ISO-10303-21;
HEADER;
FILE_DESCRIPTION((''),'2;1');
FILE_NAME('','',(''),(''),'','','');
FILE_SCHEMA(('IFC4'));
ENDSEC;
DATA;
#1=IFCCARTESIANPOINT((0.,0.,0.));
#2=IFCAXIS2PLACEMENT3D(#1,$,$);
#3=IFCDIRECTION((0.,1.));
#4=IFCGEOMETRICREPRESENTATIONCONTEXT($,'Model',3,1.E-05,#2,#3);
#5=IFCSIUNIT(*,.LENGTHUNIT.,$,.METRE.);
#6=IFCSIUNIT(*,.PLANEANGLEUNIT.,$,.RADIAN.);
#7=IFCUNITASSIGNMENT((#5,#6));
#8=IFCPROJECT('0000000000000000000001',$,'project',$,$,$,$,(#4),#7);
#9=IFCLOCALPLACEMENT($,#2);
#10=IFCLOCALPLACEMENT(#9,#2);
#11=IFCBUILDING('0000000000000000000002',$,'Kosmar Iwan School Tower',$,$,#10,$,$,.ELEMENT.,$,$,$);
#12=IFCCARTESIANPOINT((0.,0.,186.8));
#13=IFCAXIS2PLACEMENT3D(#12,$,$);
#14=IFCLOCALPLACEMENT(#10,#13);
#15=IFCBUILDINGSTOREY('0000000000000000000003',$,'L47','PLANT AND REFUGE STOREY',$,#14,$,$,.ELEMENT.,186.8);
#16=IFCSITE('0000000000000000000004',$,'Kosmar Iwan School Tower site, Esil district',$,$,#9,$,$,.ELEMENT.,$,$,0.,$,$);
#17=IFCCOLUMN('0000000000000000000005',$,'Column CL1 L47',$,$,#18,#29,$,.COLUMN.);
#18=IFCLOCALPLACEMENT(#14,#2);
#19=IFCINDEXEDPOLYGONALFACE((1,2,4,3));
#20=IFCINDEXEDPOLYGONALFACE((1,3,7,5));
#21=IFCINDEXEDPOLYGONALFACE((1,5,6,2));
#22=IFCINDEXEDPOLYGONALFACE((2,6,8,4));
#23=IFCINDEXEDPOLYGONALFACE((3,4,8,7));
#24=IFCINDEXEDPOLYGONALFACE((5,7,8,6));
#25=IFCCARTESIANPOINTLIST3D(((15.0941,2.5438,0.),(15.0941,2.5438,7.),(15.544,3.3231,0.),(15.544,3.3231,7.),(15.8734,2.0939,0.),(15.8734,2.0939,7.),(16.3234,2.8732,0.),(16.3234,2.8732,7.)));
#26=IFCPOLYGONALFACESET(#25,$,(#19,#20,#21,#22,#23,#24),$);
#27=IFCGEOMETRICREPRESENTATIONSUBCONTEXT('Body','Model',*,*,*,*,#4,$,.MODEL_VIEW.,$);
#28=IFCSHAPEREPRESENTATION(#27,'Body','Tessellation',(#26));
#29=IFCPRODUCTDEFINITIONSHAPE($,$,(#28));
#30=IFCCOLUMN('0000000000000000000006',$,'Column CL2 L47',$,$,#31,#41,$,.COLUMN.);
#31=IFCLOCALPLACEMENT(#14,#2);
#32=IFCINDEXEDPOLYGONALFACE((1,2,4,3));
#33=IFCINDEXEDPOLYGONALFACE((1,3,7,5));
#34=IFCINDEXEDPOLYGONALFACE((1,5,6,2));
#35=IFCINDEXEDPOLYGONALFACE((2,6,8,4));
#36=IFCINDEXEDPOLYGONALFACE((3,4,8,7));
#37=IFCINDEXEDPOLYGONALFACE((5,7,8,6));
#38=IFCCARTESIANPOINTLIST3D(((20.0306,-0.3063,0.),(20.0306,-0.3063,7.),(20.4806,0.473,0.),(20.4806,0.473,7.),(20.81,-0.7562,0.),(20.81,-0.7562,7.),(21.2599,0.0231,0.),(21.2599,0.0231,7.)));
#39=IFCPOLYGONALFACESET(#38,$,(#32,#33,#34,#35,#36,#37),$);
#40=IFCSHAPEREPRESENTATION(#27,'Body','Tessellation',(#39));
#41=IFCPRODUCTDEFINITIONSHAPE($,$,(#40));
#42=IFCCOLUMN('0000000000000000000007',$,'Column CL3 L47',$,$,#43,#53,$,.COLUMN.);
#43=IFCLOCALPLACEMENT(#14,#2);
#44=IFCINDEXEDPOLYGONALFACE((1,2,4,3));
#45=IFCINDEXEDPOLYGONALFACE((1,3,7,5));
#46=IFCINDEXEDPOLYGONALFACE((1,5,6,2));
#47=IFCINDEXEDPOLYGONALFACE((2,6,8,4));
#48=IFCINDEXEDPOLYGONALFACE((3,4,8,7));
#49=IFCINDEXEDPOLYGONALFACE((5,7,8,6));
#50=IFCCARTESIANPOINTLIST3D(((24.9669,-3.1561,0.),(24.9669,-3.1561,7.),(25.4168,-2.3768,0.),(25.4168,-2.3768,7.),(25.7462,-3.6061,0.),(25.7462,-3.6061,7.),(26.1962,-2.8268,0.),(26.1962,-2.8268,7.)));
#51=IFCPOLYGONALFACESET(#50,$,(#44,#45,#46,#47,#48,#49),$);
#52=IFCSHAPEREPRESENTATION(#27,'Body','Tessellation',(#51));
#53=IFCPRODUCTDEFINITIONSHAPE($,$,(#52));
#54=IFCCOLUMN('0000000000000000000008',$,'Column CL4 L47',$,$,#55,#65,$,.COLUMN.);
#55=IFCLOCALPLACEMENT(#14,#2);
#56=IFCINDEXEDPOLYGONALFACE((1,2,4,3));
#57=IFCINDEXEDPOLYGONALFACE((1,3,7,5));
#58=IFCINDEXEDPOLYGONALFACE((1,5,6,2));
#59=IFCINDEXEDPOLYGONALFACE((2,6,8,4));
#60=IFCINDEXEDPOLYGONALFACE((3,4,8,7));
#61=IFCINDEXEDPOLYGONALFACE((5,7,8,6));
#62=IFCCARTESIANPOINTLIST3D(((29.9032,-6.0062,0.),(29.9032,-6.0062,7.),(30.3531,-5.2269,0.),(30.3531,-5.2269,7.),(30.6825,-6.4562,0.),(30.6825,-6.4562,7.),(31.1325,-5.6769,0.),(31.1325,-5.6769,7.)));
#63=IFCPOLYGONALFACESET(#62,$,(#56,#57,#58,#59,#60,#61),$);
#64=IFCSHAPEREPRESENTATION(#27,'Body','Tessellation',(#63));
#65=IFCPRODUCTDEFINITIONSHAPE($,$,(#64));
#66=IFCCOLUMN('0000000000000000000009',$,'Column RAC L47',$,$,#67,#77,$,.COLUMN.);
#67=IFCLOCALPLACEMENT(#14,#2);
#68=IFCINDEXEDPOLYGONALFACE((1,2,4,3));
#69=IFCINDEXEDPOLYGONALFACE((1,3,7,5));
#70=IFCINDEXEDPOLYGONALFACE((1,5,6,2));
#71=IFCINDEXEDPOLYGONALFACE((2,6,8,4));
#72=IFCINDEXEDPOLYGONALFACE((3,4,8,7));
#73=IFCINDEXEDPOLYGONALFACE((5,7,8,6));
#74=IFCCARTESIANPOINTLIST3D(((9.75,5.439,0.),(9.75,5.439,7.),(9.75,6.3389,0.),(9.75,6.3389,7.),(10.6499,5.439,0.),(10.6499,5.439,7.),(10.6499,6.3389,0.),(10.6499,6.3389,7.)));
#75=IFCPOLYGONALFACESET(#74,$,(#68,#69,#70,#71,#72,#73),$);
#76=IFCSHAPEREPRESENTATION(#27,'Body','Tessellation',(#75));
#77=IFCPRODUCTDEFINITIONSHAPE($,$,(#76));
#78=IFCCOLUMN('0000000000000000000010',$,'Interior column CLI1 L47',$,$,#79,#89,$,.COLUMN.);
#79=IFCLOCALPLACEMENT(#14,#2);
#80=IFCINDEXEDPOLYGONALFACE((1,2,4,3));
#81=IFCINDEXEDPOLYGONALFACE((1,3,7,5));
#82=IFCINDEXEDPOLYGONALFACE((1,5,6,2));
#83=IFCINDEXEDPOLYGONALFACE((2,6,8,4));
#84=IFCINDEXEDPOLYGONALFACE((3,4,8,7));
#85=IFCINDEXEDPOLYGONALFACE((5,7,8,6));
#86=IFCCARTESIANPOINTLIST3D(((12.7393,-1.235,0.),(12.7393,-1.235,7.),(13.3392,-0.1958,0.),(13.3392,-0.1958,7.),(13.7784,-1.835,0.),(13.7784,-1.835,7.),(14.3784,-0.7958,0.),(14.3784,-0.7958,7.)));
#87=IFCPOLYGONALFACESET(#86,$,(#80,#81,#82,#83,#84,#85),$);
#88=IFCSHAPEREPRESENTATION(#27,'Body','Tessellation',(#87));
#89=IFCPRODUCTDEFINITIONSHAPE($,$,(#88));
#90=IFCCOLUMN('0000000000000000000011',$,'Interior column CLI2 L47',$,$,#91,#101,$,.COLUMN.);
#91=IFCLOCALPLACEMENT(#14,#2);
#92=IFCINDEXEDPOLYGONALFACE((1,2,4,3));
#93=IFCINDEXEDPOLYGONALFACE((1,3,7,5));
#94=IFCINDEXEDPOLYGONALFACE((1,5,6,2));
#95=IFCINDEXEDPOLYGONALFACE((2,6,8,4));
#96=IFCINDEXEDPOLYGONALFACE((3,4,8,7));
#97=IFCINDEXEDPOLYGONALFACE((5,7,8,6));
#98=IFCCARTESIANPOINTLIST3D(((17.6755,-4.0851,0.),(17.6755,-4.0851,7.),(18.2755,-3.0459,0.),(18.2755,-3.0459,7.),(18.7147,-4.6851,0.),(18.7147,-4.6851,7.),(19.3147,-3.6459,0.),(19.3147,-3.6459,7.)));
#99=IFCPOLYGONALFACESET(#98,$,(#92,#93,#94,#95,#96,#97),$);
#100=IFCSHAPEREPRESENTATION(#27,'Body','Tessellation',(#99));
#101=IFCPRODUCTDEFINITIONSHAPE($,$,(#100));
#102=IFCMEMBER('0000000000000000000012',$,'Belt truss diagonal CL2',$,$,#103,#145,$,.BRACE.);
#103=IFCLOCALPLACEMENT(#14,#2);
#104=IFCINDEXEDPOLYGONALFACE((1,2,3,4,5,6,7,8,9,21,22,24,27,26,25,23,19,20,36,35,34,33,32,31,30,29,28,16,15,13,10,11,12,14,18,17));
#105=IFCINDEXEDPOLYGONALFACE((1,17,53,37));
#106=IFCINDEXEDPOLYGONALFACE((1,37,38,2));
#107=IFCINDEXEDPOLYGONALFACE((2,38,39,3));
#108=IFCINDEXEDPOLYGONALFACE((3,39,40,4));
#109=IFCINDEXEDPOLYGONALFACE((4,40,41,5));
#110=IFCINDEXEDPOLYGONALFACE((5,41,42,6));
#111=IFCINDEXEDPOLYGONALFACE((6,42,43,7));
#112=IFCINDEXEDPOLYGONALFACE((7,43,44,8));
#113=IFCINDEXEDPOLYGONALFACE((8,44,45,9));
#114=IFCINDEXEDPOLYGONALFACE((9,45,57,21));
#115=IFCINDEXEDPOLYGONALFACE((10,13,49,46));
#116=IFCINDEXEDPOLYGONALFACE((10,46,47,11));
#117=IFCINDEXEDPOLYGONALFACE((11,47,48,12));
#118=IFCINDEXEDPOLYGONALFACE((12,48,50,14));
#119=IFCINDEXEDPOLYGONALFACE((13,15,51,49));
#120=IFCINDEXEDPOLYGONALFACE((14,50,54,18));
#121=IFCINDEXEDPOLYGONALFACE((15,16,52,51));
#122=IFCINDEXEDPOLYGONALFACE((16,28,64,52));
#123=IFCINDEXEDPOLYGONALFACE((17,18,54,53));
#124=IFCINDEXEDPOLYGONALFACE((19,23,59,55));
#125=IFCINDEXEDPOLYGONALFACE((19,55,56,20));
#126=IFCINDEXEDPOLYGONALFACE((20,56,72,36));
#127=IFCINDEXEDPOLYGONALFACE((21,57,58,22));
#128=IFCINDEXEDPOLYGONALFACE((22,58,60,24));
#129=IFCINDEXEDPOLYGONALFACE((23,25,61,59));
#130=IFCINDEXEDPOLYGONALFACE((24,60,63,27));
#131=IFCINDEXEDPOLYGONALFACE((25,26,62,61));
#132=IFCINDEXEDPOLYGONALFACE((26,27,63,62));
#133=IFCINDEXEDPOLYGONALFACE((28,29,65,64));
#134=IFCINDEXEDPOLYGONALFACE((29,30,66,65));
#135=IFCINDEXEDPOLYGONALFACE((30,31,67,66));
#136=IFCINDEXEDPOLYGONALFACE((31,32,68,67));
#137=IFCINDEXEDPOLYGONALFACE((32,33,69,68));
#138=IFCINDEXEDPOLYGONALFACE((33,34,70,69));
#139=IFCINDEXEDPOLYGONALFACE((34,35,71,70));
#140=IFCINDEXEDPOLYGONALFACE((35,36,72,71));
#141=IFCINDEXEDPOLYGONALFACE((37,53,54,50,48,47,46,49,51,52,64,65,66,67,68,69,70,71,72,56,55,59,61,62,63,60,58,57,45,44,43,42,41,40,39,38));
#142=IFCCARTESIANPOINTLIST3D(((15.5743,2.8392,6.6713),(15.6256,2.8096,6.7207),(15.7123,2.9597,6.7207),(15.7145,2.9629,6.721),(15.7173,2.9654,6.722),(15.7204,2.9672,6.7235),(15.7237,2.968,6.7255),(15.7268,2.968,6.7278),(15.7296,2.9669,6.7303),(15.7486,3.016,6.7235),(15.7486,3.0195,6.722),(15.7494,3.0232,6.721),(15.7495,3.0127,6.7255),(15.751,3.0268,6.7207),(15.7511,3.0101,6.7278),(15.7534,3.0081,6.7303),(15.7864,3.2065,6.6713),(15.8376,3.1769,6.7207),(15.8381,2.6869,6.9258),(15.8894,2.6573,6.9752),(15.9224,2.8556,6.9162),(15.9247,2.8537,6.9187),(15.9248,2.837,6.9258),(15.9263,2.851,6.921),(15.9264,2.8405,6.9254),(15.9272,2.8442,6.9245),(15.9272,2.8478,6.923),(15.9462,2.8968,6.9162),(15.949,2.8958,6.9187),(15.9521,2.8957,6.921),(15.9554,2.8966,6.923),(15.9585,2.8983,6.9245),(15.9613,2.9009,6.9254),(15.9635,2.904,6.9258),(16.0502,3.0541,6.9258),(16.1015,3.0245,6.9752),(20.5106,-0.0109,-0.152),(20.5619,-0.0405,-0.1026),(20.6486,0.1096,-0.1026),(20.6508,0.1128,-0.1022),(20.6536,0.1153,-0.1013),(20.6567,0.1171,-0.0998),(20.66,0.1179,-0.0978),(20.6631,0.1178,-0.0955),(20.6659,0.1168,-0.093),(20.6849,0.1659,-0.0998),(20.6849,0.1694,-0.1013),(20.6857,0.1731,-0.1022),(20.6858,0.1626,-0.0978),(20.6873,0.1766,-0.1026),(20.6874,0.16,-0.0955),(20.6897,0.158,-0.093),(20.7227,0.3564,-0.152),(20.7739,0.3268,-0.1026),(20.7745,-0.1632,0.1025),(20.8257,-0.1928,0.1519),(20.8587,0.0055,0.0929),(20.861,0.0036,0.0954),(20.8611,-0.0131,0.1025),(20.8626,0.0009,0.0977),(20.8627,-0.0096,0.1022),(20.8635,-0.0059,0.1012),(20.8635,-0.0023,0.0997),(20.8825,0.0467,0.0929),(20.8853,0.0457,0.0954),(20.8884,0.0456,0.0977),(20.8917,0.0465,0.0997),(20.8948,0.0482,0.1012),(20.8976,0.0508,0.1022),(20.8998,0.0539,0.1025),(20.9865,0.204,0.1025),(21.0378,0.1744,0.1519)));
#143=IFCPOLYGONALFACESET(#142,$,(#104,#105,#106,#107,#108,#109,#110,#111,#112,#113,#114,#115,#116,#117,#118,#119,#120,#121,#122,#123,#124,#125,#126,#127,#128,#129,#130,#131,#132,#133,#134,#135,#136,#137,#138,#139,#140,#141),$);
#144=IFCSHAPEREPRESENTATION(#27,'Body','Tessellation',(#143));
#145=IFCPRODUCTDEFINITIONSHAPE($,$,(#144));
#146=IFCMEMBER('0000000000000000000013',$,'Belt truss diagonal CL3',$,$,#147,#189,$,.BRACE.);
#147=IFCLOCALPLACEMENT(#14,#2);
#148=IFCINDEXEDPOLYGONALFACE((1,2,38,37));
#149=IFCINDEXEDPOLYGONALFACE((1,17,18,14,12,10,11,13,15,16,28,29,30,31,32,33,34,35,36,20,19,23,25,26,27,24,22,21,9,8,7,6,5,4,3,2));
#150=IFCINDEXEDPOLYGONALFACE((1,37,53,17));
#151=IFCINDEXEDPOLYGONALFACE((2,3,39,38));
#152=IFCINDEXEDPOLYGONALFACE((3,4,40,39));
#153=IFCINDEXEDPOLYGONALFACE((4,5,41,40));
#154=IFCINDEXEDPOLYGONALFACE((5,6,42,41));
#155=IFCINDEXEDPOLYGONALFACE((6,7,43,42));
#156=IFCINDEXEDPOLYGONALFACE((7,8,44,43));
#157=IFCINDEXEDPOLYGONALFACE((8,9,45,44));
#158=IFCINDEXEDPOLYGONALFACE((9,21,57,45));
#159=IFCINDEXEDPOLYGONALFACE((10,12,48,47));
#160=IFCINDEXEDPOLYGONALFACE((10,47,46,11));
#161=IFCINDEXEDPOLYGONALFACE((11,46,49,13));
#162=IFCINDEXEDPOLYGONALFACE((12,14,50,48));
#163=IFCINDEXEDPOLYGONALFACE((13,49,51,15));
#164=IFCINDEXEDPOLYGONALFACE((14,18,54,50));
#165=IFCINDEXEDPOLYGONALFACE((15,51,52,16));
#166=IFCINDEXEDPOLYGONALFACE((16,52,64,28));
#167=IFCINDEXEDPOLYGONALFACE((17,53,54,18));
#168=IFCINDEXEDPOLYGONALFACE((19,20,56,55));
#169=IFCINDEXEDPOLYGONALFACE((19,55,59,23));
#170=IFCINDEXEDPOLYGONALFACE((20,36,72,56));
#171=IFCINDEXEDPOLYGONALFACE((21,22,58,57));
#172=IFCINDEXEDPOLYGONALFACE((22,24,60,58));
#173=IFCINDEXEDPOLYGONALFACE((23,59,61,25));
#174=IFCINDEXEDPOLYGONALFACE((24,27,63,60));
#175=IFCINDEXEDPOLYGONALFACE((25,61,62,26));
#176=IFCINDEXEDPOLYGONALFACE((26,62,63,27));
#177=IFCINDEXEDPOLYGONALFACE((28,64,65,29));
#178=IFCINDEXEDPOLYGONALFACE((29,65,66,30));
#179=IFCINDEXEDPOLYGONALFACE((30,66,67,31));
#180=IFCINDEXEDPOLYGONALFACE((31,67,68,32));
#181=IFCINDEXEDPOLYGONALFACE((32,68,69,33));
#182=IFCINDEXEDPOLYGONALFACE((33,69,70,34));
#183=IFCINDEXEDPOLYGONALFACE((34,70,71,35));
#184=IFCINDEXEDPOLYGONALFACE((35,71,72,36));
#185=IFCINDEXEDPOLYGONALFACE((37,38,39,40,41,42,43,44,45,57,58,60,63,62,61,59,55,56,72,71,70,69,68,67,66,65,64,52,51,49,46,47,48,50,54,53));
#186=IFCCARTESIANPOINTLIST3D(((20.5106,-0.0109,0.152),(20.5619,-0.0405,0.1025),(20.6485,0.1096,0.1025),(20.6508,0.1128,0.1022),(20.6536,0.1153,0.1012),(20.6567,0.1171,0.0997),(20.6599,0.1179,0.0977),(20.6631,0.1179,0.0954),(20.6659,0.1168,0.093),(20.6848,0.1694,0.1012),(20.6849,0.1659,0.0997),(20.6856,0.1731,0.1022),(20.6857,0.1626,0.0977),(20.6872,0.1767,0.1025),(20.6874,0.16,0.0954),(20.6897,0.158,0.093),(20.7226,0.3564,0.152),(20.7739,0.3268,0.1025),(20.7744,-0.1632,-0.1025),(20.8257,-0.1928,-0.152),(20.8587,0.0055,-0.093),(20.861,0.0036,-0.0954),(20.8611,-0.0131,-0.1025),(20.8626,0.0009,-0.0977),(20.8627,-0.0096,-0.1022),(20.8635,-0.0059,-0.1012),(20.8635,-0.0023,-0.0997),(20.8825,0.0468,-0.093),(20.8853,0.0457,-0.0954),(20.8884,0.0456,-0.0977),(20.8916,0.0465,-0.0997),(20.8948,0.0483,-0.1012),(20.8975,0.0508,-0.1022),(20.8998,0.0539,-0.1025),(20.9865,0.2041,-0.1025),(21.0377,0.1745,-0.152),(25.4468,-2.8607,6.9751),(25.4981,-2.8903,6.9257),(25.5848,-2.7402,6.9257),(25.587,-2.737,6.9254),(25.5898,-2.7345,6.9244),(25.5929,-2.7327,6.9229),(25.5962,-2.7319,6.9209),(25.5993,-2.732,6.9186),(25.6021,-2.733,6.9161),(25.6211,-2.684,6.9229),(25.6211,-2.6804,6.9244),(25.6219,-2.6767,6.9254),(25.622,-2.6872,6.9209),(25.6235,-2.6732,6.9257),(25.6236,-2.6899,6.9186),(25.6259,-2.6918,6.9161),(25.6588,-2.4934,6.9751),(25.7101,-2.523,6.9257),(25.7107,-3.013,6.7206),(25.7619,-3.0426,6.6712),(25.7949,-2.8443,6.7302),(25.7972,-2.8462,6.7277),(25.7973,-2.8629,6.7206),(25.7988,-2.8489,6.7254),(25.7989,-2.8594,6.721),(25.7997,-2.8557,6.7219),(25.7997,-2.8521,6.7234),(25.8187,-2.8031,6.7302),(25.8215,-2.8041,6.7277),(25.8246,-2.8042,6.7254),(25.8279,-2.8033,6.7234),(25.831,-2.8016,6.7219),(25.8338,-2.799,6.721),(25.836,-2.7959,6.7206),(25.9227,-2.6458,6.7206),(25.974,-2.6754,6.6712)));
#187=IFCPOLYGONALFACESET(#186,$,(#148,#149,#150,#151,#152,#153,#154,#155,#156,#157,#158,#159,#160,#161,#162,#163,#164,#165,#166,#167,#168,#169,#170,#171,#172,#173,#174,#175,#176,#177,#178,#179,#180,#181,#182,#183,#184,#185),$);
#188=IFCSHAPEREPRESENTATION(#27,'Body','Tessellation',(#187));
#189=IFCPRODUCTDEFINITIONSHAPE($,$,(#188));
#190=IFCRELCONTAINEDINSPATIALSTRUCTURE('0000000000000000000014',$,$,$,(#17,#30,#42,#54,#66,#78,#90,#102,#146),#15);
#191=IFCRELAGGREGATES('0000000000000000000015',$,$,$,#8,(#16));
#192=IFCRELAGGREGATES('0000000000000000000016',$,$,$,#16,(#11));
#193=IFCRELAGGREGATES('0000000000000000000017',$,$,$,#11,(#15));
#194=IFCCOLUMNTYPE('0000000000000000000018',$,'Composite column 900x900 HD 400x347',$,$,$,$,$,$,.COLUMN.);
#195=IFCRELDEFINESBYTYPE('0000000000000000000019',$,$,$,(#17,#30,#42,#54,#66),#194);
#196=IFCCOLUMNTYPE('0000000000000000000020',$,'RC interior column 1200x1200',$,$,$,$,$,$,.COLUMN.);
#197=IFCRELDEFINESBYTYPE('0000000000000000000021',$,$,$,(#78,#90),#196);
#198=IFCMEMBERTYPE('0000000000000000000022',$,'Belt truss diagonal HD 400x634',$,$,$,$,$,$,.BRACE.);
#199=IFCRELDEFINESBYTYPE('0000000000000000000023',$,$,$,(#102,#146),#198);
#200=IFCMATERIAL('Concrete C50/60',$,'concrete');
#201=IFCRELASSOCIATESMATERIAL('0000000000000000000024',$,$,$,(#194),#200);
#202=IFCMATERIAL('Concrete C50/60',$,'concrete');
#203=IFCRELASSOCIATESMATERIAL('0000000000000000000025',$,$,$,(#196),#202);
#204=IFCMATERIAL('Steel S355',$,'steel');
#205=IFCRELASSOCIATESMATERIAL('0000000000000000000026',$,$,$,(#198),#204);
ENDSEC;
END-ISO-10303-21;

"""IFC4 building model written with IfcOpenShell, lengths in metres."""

from ifc_helpers import new_model, si_unit, direction, frame, origin, origin_2d, place, context, subcontext, project, spatial, rectangle, i_section, extrude, material, material_profile, profile_set, type_object, element, save


model = new_model("IFC4")

# Units and contexts
model_context = context("Model", 3, precision=1e-05, world=origin(), true_north=direction((0.0, 1.0)))
body_context = subcontext(model_context, "Body", "Model", "MODEL_VIEW")
ifc_project = project(units=[si_unit("LENGTHUNIT", "METRE"), si_unit("PLANEANGLEUNIT", "RADIAN")], contexts=[model_context])

# Site, building, storey
site_placement = place(None, origin())
site = spatial("IfcSite", under=ifc_project, at=site_placement, Name="Kosmar Iwan School Tower site, Esil district", CompositionType="ELEMENT", RefElevation=0.0)
building_placement = place(site_placement, origin())
building = spatial("IfcBuilding", under=site, at=building_placement, Name="Kosmar Iwan School Tower", CompositionType="ELEMENT")
storey_placement = place(building_placement, frame((0.0, 0.0, 186.8)))
storey = spatial("IfcBuildingStorey", under=building, at=storey_placement, Name="L47", Description="PLANT AND REFUGE STOREY", CompositionType="ELEMENT", Elevation=186.8)

# Columns
ifc_material_1 = material(Name="Concrete C50/60", Category="concrete")
ifc_material_profile_1 = material_profile(ifc_material_1, rectangle(XDim=0.8999, YDim=0.8999, at=origin_2d()), Name="RC 900x900 + HD 400x347")
ifc_profile_set_1 = profile_set([ifc_material_profile_1], Name="Concrete C50/60")
column_type_1 = type_object("IfcColumnType", Name="Composite column 900x900 HD 400x347", PredefinedType="COLUMN", material=ifc_profile_set_1)
for number, where, z_axis, x_axis, name in (
    (1, (15.7087, 2.7085, 0.0), (0.0, 0.0, 1.0), (0.866025, -0.5, 0.0), "Column CL1 L47"),
    (2, (20.6453, -0.1416, 0.0), (0.0, 0.0, 1.0), (0.866025, -0.5, 0.0), "Column CL2 L47"),
    (3, (25.5815, -2.9915, 0.0), (0.0, 0.0, 1.0), (0.866025, -0.5, 0.0), "Column CL3 L47"),
    (4, (30.5178, -5.8416, 0.0), (0.0, 0.0, 1.0), (0.866025, -0.5, 0.0), "Column CL4 L47"),
    (5, (10.2, 5.8889, 0.0), (0.0, 0.0, 1.0), (1.0, 0.0, 0.0), "Column RAC L47"),
):
    element("IfcColumn", number, at=place(storey_placement, frame(where, z_axis=z_axis, x_axis=x_axis)), inside=storey, type_object=column_type_1, Name=name, PredefinedType="COLUMN", context=body_context, shape_type="SweptSolid", body=[
        extrude(rectangle(XDim=0.8999, YDim=0.8999, at=origin_2d()), origin(), (0.0, 0.0, 1.0), 7.0),
    ])
ifc_material_2 = material(Name="Concrete C50/60", Category="concrete")
ifc_material_profile_2 = material_profile(ifc_material_2, rectangle(XDim=1.2, YDim=1.2, at=origin_2d()), Name="RC 1200x1200")
ifc_profile_set_2 = profile_set([ifc_material_profile_2], Name="Concrete C50/60")
column_type_2 = type_object("IfcColumnType", Name="RC interior column 1200x1200", PredefinedType="COLUMN", material=ifc_profile_set_2)
for number, where, z_axis, x_axis, name in (
    (6, (13.5588, -1.0154, 0.0), (0.0, 0.0, 1.0), (0.866025, -0.5, 0.0), "Interior column CLI1 L47"),
    (7, (18.4951, -3.8655, 0.0), (0.0, 0.0, 1.0), (0.866025, -0.5, 0.0), "Interior column CLI2 L47"),
):
    element("IfcColumn", number, at=place(storey_placement, frame(where, z_axis=z_axis, x_axis=x_axis)), inside=storey, type_object=column_type_2, Name=name, PredefinedType="COLUMN", context=body_context, shape_type="SweptSolid", body=[
        extrude(rectangle(XDim=1.2, YDim=1.2, at=origin_2d()), origin(), (0.0, 0.0, 1.0), 7.0),
    ])

# Members
ifc_material_3 = material(Name="Steel S355", Category="steel")
ifc_material_profile_3 = material_profile(ifc_material_3, i_section(OverallWidth=0.4241, OverallDepth=0.4741, WebThickness=0.0476, FlangeThickness=0.0771, FilletRadius=0.0149, at=origin_2d()), Name="HD 400x634")
ifc_profile_set_3 = profile_set([ifc_material_profile_3], Name="Steel S355")
member_type = type_object("IfcMemberType", Name="Belt truss diagonal HD 400x634", PredefinedType="BRACE", material=ifc_profile_set_3)
member_1_placement = place(storey_placement, frame((15.8379, 2.9319, 6.8232), z_axis=(0.555211, -0.320567, -0.767449), x_axis=(0.500018, 0.866015, 0.0)))
element("IfcMember", 8, at=member_1_placement, inside=storey, type_object=member_type, Name="Belt truss diagonal CL2", PredefinedType="BRACE", context=body_context, shape_type="SweptSolid", body=[
    extrude(i_section(OverallWidth=0.4241, OverallDepth=0.4741, WebThickness=0.0476, FlangeThickness=0.0771, FilletRadius=0.0149, at=origin_2d()), origin(), (0.0, 0.0, 1.0), 8.8909),
])
member_2_placement = place(storey_placement, frame((20.7742, 0.0818, 0.0), z_axis=(0.555216, -0.320542, 0.767455), x_axis=(0.499986, 0.866034, 0.0)))
element("IfcMember", 9, at=member_2_placement, inside=storey, type_object=member_type, Name="Belt truss diagonal CL3", PredefinedType="BRACE", context=body_context, shape_type="SweptSolid", body=[
    extrude(i_section(OverallWidth=0.4241, OverallDepth=0.4741, WebThickness=0.0476, FlangeThickness=0.0771, FilletRadius=0.0149, at=origin_2d()), origin(), (0.0, 0.0, 1.0), 8.8906),
])

save(model, "model.ifc")
